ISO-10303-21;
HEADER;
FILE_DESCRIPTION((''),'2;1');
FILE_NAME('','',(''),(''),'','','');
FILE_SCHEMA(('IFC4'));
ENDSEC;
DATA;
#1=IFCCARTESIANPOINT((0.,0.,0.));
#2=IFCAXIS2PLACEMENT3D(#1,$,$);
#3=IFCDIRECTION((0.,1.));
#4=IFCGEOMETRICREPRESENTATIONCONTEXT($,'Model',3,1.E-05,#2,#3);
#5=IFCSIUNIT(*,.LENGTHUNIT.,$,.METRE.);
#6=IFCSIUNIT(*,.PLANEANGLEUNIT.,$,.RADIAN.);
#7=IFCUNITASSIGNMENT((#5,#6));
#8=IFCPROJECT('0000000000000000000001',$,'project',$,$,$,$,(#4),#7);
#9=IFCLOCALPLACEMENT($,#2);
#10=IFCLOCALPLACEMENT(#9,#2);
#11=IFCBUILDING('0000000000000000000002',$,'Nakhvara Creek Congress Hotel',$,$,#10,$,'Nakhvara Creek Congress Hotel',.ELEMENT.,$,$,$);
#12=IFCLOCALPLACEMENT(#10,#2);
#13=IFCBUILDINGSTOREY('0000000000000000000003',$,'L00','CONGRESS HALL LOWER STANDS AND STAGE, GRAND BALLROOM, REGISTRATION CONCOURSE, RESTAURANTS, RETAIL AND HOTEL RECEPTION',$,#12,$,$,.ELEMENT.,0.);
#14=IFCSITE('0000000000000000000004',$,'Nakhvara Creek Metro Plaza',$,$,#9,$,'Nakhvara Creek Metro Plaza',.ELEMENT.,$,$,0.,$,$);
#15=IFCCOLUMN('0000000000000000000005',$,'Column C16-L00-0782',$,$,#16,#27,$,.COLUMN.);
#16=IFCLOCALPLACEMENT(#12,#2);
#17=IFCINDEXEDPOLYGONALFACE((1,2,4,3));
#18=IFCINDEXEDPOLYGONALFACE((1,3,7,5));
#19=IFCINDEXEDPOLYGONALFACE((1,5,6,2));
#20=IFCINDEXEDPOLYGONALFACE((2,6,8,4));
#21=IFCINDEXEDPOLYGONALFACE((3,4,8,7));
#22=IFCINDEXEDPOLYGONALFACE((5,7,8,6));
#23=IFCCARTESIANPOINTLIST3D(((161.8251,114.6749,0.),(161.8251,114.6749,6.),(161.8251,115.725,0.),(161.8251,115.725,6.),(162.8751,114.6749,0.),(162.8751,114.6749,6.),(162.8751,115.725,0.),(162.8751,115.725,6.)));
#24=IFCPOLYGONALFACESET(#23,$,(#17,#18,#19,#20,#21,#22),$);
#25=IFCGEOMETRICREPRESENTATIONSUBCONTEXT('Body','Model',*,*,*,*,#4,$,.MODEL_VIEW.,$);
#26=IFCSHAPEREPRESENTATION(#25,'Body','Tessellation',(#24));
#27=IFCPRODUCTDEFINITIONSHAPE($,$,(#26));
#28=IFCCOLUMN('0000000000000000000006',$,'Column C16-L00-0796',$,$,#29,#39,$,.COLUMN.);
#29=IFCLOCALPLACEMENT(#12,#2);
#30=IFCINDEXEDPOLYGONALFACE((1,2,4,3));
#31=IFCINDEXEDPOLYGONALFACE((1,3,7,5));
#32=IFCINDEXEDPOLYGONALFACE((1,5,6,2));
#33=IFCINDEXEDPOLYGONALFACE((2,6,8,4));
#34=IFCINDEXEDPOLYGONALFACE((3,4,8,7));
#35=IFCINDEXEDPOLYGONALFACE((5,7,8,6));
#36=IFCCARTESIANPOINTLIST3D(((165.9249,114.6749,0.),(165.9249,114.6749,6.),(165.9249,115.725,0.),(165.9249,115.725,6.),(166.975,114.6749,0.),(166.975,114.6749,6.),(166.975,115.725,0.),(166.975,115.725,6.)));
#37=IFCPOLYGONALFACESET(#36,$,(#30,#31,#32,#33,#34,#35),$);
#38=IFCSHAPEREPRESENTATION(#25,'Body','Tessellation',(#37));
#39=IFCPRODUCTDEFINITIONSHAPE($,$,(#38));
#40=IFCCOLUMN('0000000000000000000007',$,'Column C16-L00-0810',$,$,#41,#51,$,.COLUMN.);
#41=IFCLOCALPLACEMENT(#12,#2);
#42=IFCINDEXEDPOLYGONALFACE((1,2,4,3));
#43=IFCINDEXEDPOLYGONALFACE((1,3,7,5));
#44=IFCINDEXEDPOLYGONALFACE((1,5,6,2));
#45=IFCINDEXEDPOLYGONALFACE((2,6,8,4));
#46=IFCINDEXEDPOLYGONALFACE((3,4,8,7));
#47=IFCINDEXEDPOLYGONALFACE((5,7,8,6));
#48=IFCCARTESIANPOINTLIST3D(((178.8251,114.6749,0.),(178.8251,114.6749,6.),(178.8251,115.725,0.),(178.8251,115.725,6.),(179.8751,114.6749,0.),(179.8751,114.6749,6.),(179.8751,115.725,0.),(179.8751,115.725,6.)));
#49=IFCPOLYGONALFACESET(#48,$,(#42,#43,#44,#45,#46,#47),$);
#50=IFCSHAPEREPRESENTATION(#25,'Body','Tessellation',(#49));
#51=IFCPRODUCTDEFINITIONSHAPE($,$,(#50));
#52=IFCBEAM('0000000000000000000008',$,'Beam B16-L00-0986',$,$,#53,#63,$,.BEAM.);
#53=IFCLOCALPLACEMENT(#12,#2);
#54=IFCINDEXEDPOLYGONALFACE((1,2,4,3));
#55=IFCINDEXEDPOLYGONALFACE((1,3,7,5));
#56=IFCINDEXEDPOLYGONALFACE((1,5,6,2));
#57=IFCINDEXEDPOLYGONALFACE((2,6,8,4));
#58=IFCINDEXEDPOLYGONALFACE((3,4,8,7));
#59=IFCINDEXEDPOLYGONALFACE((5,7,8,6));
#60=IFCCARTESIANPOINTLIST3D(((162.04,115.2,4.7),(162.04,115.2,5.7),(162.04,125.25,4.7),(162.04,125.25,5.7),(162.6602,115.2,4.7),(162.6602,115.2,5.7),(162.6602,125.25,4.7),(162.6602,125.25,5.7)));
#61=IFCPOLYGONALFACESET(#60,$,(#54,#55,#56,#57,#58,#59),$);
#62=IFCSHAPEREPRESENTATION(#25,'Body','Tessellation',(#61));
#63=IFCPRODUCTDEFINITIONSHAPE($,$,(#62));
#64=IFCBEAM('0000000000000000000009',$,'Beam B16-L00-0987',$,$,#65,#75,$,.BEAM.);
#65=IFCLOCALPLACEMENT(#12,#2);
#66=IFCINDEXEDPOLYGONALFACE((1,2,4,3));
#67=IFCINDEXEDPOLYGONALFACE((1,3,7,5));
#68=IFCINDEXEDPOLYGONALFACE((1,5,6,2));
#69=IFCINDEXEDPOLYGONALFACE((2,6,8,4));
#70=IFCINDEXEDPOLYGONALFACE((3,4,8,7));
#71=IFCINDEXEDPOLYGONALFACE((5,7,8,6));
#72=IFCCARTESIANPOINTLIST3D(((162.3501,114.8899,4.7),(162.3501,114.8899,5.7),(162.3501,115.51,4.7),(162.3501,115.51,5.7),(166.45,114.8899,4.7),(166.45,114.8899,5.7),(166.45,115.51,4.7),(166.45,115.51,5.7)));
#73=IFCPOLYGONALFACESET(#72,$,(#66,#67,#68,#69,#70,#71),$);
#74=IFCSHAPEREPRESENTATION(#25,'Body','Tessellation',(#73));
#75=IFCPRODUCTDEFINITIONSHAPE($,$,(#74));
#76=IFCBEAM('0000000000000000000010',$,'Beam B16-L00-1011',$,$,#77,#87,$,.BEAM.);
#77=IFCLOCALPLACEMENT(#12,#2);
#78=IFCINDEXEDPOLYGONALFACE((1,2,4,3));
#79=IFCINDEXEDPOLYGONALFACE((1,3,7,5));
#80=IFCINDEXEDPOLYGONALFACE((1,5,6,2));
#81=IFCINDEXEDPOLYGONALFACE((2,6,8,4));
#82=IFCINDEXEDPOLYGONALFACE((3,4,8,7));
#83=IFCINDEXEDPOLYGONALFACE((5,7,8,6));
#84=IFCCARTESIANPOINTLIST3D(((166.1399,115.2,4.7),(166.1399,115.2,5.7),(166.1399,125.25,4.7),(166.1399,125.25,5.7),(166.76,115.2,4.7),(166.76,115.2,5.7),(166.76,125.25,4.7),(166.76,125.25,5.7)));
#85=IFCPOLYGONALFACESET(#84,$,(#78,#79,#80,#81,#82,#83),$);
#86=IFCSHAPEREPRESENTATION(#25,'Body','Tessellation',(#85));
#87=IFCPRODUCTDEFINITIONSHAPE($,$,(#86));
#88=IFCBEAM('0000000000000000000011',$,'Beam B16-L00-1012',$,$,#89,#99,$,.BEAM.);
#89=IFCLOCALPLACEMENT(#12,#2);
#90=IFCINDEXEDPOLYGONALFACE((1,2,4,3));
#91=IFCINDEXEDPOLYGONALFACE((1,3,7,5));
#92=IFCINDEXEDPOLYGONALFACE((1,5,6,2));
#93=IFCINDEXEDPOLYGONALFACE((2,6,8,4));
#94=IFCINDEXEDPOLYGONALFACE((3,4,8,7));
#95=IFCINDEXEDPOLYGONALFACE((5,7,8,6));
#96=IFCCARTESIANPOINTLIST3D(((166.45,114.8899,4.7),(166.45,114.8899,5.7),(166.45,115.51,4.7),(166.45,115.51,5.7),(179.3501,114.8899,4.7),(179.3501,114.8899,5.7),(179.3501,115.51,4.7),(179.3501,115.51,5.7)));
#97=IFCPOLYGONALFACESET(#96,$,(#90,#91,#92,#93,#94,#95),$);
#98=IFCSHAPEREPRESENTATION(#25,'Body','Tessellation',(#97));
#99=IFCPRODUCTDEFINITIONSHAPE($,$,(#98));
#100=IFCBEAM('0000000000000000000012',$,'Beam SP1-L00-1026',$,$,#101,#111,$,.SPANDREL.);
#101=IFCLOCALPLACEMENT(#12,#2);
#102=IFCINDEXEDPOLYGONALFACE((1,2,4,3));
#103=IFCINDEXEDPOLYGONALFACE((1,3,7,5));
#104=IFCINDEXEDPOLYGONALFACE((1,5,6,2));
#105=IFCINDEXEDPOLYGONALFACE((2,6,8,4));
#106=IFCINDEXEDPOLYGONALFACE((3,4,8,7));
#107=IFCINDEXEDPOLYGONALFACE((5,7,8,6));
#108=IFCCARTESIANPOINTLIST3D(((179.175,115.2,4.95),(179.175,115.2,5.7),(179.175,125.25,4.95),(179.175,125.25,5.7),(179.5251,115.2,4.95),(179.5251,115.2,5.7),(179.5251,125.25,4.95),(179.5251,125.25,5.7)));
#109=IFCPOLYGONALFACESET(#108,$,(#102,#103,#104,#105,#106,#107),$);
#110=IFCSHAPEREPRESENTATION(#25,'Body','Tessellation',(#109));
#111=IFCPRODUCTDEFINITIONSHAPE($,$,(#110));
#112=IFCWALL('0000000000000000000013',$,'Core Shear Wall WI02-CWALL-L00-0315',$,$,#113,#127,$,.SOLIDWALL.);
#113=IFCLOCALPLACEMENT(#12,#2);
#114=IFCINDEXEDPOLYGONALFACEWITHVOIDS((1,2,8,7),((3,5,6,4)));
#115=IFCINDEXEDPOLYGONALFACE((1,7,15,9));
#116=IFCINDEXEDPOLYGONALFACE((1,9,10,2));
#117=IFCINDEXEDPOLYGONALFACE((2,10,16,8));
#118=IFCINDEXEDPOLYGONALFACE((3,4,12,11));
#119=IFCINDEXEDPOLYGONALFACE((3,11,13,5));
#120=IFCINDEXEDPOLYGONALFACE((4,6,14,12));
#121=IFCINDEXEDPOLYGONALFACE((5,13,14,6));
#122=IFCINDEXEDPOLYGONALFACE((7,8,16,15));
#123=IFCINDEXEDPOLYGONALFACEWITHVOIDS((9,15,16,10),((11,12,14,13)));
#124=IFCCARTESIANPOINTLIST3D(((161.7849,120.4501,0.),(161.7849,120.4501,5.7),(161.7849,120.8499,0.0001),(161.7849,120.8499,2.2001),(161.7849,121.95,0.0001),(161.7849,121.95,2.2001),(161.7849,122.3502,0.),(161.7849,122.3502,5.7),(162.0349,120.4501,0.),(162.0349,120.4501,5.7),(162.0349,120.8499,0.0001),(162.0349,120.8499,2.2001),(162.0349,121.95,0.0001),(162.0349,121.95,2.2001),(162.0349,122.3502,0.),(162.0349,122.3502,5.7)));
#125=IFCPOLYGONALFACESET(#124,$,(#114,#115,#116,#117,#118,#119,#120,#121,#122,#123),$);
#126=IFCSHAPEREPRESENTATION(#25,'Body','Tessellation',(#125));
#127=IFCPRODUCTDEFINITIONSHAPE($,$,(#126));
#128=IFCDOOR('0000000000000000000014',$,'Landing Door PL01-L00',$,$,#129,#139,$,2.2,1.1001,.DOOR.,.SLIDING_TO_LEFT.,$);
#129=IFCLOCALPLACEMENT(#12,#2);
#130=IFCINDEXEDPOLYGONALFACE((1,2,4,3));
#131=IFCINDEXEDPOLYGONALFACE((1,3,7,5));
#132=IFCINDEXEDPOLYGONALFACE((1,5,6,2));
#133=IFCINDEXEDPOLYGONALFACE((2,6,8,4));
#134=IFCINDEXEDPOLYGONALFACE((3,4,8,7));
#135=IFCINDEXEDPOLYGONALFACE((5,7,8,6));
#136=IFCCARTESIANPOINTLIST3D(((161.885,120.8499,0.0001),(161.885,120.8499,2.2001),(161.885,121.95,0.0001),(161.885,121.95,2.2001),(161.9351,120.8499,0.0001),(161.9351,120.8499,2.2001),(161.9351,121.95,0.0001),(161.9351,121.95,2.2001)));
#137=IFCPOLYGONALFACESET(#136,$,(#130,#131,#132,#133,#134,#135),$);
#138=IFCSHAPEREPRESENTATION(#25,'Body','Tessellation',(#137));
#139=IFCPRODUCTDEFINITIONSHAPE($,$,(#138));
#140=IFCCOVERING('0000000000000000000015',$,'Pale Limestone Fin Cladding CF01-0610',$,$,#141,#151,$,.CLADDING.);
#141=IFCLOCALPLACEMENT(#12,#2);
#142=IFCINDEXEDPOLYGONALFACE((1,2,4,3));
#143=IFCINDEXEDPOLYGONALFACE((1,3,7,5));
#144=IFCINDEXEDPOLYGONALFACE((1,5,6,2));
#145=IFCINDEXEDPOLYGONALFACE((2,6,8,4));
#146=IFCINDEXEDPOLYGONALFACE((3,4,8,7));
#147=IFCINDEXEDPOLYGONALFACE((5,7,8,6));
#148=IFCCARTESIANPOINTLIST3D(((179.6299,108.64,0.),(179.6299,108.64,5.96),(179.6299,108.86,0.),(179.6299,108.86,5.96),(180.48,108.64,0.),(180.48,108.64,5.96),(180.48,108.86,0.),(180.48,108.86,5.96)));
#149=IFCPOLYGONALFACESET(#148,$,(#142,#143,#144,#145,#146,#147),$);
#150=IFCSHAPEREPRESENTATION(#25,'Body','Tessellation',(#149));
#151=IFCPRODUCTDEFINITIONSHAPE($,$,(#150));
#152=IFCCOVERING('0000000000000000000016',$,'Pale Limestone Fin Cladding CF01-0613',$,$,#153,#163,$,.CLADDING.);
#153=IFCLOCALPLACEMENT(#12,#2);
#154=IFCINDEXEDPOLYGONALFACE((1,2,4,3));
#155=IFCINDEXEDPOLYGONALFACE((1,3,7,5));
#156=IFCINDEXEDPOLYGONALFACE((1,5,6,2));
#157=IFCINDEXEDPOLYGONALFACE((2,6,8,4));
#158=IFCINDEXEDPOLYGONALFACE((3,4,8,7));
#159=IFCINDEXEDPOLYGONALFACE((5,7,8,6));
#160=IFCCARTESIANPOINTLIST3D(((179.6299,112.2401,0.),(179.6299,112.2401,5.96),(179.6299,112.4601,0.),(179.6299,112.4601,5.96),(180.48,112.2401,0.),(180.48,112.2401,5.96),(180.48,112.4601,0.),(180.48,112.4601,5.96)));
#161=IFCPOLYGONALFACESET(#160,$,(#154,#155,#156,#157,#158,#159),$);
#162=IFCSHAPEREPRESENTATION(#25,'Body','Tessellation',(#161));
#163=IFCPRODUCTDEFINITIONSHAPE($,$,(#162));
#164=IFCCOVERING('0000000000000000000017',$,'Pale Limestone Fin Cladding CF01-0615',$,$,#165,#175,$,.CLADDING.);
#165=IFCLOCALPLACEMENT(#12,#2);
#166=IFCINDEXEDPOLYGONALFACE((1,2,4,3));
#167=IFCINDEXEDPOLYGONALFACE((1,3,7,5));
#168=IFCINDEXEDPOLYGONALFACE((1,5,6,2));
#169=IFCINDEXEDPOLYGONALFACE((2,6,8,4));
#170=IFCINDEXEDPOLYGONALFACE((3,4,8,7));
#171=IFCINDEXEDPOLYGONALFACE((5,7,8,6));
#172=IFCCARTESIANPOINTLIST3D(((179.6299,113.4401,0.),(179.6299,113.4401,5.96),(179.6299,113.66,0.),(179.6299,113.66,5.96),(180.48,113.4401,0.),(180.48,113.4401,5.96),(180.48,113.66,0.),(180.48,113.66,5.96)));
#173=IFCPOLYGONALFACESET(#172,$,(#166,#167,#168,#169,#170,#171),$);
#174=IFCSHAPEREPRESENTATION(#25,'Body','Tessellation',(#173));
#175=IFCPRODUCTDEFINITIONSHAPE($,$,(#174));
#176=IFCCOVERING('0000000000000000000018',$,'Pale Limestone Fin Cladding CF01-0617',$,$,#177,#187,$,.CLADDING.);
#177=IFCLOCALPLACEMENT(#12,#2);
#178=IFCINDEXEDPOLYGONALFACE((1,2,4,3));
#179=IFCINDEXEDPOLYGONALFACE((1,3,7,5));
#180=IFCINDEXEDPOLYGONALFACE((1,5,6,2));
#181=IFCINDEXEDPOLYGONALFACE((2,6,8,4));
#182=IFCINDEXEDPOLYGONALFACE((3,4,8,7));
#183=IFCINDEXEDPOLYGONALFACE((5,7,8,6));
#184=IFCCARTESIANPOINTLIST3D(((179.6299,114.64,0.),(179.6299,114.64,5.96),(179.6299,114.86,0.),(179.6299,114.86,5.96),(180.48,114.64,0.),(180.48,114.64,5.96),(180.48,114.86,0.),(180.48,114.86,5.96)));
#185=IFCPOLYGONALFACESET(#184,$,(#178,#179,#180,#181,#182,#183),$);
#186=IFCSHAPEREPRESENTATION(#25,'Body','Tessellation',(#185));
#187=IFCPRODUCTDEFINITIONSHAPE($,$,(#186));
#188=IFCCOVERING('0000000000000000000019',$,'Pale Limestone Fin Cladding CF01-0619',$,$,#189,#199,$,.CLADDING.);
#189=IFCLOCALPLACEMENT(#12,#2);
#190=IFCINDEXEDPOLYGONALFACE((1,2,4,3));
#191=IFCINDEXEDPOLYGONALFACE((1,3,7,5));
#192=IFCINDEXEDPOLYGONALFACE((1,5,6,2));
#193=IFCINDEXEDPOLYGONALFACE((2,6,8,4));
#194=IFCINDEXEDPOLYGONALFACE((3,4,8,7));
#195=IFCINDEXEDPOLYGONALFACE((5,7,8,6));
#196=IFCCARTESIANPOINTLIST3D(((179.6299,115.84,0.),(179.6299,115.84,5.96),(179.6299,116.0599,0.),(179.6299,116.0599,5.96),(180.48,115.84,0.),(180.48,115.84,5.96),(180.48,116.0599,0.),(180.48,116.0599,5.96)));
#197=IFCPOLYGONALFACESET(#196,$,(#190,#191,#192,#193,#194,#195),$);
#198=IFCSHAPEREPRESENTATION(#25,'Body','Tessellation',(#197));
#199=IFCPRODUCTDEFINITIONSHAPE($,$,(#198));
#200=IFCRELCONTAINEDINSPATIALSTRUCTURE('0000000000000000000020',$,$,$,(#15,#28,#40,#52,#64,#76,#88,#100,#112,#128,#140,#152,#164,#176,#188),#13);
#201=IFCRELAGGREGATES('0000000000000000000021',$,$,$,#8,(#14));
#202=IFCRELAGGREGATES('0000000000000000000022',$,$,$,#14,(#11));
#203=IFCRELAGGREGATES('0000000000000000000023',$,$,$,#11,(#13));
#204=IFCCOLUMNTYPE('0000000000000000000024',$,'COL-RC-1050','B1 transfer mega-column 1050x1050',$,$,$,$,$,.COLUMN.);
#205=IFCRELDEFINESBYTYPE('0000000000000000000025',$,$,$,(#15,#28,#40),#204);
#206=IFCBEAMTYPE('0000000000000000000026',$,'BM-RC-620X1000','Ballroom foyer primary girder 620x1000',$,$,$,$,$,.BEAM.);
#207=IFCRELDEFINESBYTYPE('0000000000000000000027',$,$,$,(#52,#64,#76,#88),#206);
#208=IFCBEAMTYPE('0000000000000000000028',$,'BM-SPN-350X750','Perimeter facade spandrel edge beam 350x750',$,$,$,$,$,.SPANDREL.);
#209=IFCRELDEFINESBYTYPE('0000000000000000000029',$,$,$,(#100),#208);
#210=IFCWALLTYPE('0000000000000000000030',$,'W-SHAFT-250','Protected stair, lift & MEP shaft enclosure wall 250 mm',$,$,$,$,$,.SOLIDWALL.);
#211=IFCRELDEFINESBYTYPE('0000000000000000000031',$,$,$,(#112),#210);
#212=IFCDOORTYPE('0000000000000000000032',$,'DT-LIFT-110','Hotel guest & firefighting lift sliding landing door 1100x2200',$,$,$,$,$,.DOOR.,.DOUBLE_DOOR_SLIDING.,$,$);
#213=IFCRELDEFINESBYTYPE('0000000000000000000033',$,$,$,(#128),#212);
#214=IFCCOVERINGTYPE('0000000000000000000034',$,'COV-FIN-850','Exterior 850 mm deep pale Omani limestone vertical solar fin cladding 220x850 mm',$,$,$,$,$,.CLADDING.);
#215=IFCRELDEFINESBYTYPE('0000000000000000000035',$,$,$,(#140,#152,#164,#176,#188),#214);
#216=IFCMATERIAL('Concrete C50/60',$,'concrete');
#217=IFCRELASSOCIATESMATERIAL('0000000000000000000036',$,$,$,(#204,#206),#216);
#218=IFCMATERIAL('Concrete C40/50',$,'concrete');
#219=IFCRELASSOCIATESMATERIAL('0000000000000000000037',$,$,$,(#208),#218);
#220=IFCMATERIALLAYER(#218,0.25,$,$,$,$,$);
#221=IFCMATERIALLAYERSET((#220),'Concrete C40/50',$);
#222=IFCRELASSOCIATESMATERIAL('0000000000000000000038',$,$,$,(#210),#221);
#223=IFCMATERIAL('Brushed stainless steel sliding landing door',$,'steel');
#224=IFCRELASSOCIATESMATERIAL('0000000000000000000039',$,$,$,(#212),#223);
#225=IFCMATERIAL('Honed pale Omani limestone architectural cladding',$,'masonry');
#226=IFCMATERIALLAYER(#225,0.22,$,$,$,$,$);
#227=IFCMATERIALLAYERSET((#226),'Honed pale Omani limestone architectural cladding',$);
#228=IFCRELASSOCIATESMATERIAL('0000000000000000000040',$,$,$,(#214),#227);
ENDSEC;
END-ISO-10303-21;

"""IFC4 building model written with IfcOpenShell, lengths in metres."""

from ifc_helpers import new_model, si_unit, direction, frame, frame_2d, origin, origin_2d, place, context, subcontext, project, spatial, rectangle, extrude, material, layer, layer_set, material_profile, profile_set, type_object, element, fill, save


model = new_model("IFC4")

# Units and contexts
model_context = context("Model", 3, precision=1e-05, world=origin(), true_north=direction((0.0, 1.0)))
body_context = subcontext(model_context, "Body", "Model", "MODEL_VIEW")
ifc_project = project(units=[si_unit("LENGTHUNIT", "METRE"), si_unit("PLANEANGLEUNIT", "RADIAN")], contexts=[model_context])

# Site, building, storey
site_placement = place(None, origin())
site = spatial("IfcSite", under=ifc_project, at=site_placement, Name="Nakhvara Creek Metro Plaza", LongName="Nakhvara Creek Metro Plaza", CompositionType="ELEMENT", RefElevation=0.0)
building_placement = place(site_placement, origin())
building = spatial("IfcBuilding", under=site, at=building_placement, Name="Nakhvara Creek Congress Hotel", LongName="Nakhvara Creek Congress Hotel", CompositionType="ELEMENT")
storey_placement = place(building_placement, origin())
storey = spatial("IfcBuildingStorey", under=building, at=storey_placement, Name="L00", Description="CONGRESS HALL LOWER STANDS AND STAGE, GRAND BALLROOM, REGISTRATION CONCOURSE, RESTAURANTS, RETAIL AND HOTEL RECEPTION", CompositionType="ELEMENT", Elevation=0.0)

# Columns
ifc_material_1 = material(Name="Concrete C50/60", Category="concrete")
ifc_material_profile_1 = material_profile(ifc_material_1, rectangle(XDim=1.05, YDim=1.05, at=origin_2d()), Name="RC-COL 1050x1050", Category="LoadBearing")
ifc_profile_set_1 = profile_set([ifc_material_profile_1], Name="Concrete C50/60")
column_type = type_object("IfcColumnType", Name="COL-RC-1050", Description="B1 transfer mega-column 1050x1050", PredefinedType="COLUMN", material=ifc_profile_set_1)
for number, where, z_axis, x_axis, name in (
    (1, (162.3501, 115.2, 0.0), (0.0, 0.0, 1.0), (1.0, 0.0, 0.0), "Column C16-L00-0782"),
    (2, (166.45, 115.2, 0.0), (0.0, 0.0, 1.0), (1.0, 0.0, 0.0), "Column C16-L00-0796"),
    (3, (179.3501, 115.2, 0.0), (0.0, 0.0, 1.0), (1.0, 0.0, 0.0), "Column C16-L00-0810"),
):
    element("IfcColumn", number, at=place(storey_placement, frame(where, z_axis=z_axis, x_axis=x_axis)), inside=storey, type_object=column_type, Name=name, PredefinedType="COLUMN", context=body_context, shape_type="SweptSolid", body=[
        extrude(rectangle(XDim=1.05, YDim=1.05, at=origin_2d()), origin(), (0.0, 0.0, 1.0), 6.0),
    ])

# Beams
ifc_material_profile_2 = material_profile(ifc_material_1, rectangle(XDim=0.6201, YDim=1.0, at=origin_2d()), Name="RC-BM 620x1000", Category="LoadBearing")
ifc_profile_set_2 = profile_set([ifc_material_profile_2], Name="Concrete C50/60")
beam_type_1 = type_object("IfcBeamType", Name="BM-RC-620X1000", Description="Ballroom foyer primary girder 620x1000", PredefinedType="BEAM", material=ifc_profile_set_2)
beam_1_placement = place(storey_placement, frame((162.3501, 115.2, 5.2), z_axis=(0.0, 1.0, 0.0), x_axis=(-1.0, 0.0, 0.0)))
element("IfcBeam", 4, at=beam_1_placement, inside=storey, type_object=beam_type_1, Name="Beam B16-L00-0986", PredefinedType="BEAM", context=body_context, shape_type="SweptSolid", body=[
    extrude(rectangle(XDim=0.6201, YDim=1.0, at=origin_2d()), origin(), (0.0, 0.0, 1.0), 10.05),
])
beam_2_placement = place(storey_placement, frame((162.3501, 115.2, 5.2), z_axis=(1.0, 0.0, 0.0), x_axis=(0.0, 1.0, 0.0)))
element("IfcBeam", 5, at=beam_2_placement, inside=storey, type_object=beam_type_1, Name="Beam B16-L00-0987", PredefinedType="BEAM", context=body_context, shape_type="SweptSolid", body=[
    extrude(rectangle(XDim=0.6201, YDim=1.0, at=origin_2d()), origin(), (0.0, 0.0, 1.0), 4.0999),
])
beam_3_placement = place(storey_placement, frame((166.45, 115.2, 5.2), z_axis=(0.0, 1.0, 0.0), x_axis=(-1.0, 0.0, 0.0)))
element("IfcBeam", 6, at=beam_3_placement, inside=storey, type_object=beam_type_1, Name="Beam B16-L00-1011", PredefinedType="BEAM", context=body_context, shape_type="SweptSolid", body=[
    extrude(rectangle(XDim=0.6201, YDim=1.0, at=origin_2d()), origin(), (0.0, 0.0, 1.0), 10.05),
])
beam_4_placement = place(storey_placement, frame((166.45, 115.2, 5.2), z_axis=(1.0, 0.0, 0.0), x_axis=(0.0, 1.0, 0.0)))
element("IfcBeam", 7, at=beam_4_placement, inside=storey, type_object=beam_type_1, Name="Beam B16-L00-1012", PredefinedType="BEAM", context=body_context, shape_type="SweptSolid", body=[
    extrude(rectangle(XDim=0.6201, YDim=1.0, at=origin_2d()), origin(), (0.0, 0.0, 1.0), 12.9001),
])
ifc_material_2 = material(Name="Concrete C40/50", Category="concrete")
ifc_material_profile_3 = material_profile(ifc_material_2, rectangle(XDim=0.3501, YDim=0.75, at=origin_2d()), Name="RC-SPANDREL 350x750", Category="LoadBearing")
ifc_profile_set_3 = profile_set([ifc_material_profile_3], Name="Concrete C40/50")
beam_type_2 = type_object("IfcBeamType", Name="BM-SPN-350X750", Description="Perimeter facade spandrel edge beam 350x750", PredefinedType="SPANDREL", material=ifc_profile_set_3)
beam_5_placement = place(storey_placement, frame((179.3501, 115.2, 5.325), z_axis=(0.0, 1.0, 0.0), x_axis=(-1.0, 0.0, 0.0)))
element("IfcBeam", 8, at=beam_5_placement, inside=storey, type_object=beam_type_2, Name="Beam SP1-L00-1026", PredefinedType="SPANDREL", context=body_context, shape_type="SweptSolid", body=[
    extrude(rectangle(XDim=0.3501, YDim=0.75, at=origin_2d()), origin(), (0.0, 0.0, 1.0), 10.05),
])

# Wall, opening, door
ifc_layer_1 = layer(ifc_material_2, 0.25)
ifc_layer_set_1 = layer_set([ifc_layer_1], Name="Concrete C40/50")
wall_type_1 = type_object("IfcWallType", Name="W-SHAFT-250", Description="Protected stair, lift & MEP shaft enclosure wall 250 mm", PredefinedType="SOLIDWALL", material=ifc_layer_set_1)
wall_1_placement = place(storey_placement, frame((161.9099, 120.45, 0.0), z_axis=(0.0, 0.0, 1.0), x_axis=(0.0, 1.0, 0.0)))
wall_1 = element("IfcWall", 9, at=wall_1_placement, inside=storey, type_object=wall_type_1, Name="Core Shear Wall WI02-CWALL-L00-0315", PredefinedType="SOLIDWALL", context=body_context, shape_type="SweptSolid", body=[
    extrude(rectangle(XDim=1.9001, YDim=0.25, at=frame_2d((0.9502, 0.0))), origin(), (0.0, 0.0, 1.0), 5.7),
])
opening_1_placement = place(wall_1_placement, frame((0.3999, 0.0, 0.0)))
opening_1 = element("IfcOpeningElement", 10, at=opening_1_placement, cuts=wall_1, PredefinedType="OPENING", context=body_context, shape_type="SweptSolid", body=[
    extrude(rectangle(XDim=1.1001, YDim=2.2, at=frame_2d((0.55, 1.1001))), frame((0.0, 0.137, 0.0), z_axis=(0.0, -1.0, 0.0), x_axis=(1.0, 0.0, 0.0)), (0.0, 0.0, 1.0), 0.2739),
])
ifc_material_3 = material(Name="Brushed stainless steel sliding landing door", Category="steel")
door_type_1 = type_object("IfcDoorType", Name="DT-LIFT-110", Description="Hotel guest & firefighting lift sliding landing door 1100x2200", OperationType="DOUBLE_DOOR_SLIDING", PredefinedType="DOOR", material=ifc_material_3)
door_1_placement = place(opening_1_placement, origin())
door_1 = element("IfcDoor", 11, at=door_1_placement, inside=storey, type_object=door_type_1, Name="Landing Door PL01-L00", OperationType="SLIDING_TO_LEFT", OverallHeight=2.2, OverallWidth=1.1001, PredefinedType="DOOR", context=body_context, shape_type="SweptSolid", body=[
    extrude(rectangle(XDim=1.1001, YDim=2.2, at=frame_2d((0.55, 1.1001))), frame((0.0, 0.0249, 0.0), z_axis=(0.0, -1.0, 0.0), x_axis=(1.0, 0.0, 0.0)), (0.0, 0.0, 1.0), 0.05),
])
fill(opening_1, door_1)

# Coverings
ifc_material_4 = material(Name="Honed pale Omani limestone architectural cladding", Category="masonry")
ifc_layer_2 = layer(ifc_material_4, 0.22)
ifc_layer_set_2 = layer_set([ifc_layer_2], Name="Honed pale Omani limestone architectural cladding")
covering_type = type_object("IfcCoveringType", Name="COV-FIN-850", Description="Exterior 850 mm deep pale Omani limestone vertical solar fin cladding 220x850 mm", PredefinedType="CLADDING", material=ifc_layer_set_2)
for number, where, z_axis, x_axis, name in (
    (12, (180.0549, 108.75, 0.0), (0.0, 0.0, 1.0), (0.0, 1.0, 0.0), "Pale Limestone Fin Cladding CF01-0610"),
    (13, (180.0549, 112.3501, 0.0), (0.0, 0.0, 1.0), (0.0, 1.0, 0.0), "Pale Limestone Fin Cladding CF01-0613"),
    (14, (180.0549, 113.55, 0.0), (0.0, 0.0, 1.0), (0.0, 1.0, 0.0), "Pale Limestone Fin Cladding CF01-0615"),
    (15, (180.0549, 114.75, 0.0), (0.0, 0.0, 1.0), (0.0, 1.0, 0.0), "Pale Limestone Fin Cladding CF01-0617"),
    (16, (180.0549, 115.95, 0.0), (0.0, 0.0, 1.0), (0.0, 1.0, 0.0), "Pale Limestone Fin Cladding CF01-0619"),
):
    element("IfcCovering", number, at=place(storey_placement, frame(where, z_axis=z_axis, x_axis=x_axis)), inside=storey, type_object=covering_type, Name=name, PredefinedType="CLADDING", context=body_context, shape_type="SweptSolid", body=[
        extrude(rectangle(XDim=0.22, YDim=0.8501, at=origin_2d()), origin(), (0.0, 0.0, 1.0), 5.96),
    ])

save(model, "model.ifc")
